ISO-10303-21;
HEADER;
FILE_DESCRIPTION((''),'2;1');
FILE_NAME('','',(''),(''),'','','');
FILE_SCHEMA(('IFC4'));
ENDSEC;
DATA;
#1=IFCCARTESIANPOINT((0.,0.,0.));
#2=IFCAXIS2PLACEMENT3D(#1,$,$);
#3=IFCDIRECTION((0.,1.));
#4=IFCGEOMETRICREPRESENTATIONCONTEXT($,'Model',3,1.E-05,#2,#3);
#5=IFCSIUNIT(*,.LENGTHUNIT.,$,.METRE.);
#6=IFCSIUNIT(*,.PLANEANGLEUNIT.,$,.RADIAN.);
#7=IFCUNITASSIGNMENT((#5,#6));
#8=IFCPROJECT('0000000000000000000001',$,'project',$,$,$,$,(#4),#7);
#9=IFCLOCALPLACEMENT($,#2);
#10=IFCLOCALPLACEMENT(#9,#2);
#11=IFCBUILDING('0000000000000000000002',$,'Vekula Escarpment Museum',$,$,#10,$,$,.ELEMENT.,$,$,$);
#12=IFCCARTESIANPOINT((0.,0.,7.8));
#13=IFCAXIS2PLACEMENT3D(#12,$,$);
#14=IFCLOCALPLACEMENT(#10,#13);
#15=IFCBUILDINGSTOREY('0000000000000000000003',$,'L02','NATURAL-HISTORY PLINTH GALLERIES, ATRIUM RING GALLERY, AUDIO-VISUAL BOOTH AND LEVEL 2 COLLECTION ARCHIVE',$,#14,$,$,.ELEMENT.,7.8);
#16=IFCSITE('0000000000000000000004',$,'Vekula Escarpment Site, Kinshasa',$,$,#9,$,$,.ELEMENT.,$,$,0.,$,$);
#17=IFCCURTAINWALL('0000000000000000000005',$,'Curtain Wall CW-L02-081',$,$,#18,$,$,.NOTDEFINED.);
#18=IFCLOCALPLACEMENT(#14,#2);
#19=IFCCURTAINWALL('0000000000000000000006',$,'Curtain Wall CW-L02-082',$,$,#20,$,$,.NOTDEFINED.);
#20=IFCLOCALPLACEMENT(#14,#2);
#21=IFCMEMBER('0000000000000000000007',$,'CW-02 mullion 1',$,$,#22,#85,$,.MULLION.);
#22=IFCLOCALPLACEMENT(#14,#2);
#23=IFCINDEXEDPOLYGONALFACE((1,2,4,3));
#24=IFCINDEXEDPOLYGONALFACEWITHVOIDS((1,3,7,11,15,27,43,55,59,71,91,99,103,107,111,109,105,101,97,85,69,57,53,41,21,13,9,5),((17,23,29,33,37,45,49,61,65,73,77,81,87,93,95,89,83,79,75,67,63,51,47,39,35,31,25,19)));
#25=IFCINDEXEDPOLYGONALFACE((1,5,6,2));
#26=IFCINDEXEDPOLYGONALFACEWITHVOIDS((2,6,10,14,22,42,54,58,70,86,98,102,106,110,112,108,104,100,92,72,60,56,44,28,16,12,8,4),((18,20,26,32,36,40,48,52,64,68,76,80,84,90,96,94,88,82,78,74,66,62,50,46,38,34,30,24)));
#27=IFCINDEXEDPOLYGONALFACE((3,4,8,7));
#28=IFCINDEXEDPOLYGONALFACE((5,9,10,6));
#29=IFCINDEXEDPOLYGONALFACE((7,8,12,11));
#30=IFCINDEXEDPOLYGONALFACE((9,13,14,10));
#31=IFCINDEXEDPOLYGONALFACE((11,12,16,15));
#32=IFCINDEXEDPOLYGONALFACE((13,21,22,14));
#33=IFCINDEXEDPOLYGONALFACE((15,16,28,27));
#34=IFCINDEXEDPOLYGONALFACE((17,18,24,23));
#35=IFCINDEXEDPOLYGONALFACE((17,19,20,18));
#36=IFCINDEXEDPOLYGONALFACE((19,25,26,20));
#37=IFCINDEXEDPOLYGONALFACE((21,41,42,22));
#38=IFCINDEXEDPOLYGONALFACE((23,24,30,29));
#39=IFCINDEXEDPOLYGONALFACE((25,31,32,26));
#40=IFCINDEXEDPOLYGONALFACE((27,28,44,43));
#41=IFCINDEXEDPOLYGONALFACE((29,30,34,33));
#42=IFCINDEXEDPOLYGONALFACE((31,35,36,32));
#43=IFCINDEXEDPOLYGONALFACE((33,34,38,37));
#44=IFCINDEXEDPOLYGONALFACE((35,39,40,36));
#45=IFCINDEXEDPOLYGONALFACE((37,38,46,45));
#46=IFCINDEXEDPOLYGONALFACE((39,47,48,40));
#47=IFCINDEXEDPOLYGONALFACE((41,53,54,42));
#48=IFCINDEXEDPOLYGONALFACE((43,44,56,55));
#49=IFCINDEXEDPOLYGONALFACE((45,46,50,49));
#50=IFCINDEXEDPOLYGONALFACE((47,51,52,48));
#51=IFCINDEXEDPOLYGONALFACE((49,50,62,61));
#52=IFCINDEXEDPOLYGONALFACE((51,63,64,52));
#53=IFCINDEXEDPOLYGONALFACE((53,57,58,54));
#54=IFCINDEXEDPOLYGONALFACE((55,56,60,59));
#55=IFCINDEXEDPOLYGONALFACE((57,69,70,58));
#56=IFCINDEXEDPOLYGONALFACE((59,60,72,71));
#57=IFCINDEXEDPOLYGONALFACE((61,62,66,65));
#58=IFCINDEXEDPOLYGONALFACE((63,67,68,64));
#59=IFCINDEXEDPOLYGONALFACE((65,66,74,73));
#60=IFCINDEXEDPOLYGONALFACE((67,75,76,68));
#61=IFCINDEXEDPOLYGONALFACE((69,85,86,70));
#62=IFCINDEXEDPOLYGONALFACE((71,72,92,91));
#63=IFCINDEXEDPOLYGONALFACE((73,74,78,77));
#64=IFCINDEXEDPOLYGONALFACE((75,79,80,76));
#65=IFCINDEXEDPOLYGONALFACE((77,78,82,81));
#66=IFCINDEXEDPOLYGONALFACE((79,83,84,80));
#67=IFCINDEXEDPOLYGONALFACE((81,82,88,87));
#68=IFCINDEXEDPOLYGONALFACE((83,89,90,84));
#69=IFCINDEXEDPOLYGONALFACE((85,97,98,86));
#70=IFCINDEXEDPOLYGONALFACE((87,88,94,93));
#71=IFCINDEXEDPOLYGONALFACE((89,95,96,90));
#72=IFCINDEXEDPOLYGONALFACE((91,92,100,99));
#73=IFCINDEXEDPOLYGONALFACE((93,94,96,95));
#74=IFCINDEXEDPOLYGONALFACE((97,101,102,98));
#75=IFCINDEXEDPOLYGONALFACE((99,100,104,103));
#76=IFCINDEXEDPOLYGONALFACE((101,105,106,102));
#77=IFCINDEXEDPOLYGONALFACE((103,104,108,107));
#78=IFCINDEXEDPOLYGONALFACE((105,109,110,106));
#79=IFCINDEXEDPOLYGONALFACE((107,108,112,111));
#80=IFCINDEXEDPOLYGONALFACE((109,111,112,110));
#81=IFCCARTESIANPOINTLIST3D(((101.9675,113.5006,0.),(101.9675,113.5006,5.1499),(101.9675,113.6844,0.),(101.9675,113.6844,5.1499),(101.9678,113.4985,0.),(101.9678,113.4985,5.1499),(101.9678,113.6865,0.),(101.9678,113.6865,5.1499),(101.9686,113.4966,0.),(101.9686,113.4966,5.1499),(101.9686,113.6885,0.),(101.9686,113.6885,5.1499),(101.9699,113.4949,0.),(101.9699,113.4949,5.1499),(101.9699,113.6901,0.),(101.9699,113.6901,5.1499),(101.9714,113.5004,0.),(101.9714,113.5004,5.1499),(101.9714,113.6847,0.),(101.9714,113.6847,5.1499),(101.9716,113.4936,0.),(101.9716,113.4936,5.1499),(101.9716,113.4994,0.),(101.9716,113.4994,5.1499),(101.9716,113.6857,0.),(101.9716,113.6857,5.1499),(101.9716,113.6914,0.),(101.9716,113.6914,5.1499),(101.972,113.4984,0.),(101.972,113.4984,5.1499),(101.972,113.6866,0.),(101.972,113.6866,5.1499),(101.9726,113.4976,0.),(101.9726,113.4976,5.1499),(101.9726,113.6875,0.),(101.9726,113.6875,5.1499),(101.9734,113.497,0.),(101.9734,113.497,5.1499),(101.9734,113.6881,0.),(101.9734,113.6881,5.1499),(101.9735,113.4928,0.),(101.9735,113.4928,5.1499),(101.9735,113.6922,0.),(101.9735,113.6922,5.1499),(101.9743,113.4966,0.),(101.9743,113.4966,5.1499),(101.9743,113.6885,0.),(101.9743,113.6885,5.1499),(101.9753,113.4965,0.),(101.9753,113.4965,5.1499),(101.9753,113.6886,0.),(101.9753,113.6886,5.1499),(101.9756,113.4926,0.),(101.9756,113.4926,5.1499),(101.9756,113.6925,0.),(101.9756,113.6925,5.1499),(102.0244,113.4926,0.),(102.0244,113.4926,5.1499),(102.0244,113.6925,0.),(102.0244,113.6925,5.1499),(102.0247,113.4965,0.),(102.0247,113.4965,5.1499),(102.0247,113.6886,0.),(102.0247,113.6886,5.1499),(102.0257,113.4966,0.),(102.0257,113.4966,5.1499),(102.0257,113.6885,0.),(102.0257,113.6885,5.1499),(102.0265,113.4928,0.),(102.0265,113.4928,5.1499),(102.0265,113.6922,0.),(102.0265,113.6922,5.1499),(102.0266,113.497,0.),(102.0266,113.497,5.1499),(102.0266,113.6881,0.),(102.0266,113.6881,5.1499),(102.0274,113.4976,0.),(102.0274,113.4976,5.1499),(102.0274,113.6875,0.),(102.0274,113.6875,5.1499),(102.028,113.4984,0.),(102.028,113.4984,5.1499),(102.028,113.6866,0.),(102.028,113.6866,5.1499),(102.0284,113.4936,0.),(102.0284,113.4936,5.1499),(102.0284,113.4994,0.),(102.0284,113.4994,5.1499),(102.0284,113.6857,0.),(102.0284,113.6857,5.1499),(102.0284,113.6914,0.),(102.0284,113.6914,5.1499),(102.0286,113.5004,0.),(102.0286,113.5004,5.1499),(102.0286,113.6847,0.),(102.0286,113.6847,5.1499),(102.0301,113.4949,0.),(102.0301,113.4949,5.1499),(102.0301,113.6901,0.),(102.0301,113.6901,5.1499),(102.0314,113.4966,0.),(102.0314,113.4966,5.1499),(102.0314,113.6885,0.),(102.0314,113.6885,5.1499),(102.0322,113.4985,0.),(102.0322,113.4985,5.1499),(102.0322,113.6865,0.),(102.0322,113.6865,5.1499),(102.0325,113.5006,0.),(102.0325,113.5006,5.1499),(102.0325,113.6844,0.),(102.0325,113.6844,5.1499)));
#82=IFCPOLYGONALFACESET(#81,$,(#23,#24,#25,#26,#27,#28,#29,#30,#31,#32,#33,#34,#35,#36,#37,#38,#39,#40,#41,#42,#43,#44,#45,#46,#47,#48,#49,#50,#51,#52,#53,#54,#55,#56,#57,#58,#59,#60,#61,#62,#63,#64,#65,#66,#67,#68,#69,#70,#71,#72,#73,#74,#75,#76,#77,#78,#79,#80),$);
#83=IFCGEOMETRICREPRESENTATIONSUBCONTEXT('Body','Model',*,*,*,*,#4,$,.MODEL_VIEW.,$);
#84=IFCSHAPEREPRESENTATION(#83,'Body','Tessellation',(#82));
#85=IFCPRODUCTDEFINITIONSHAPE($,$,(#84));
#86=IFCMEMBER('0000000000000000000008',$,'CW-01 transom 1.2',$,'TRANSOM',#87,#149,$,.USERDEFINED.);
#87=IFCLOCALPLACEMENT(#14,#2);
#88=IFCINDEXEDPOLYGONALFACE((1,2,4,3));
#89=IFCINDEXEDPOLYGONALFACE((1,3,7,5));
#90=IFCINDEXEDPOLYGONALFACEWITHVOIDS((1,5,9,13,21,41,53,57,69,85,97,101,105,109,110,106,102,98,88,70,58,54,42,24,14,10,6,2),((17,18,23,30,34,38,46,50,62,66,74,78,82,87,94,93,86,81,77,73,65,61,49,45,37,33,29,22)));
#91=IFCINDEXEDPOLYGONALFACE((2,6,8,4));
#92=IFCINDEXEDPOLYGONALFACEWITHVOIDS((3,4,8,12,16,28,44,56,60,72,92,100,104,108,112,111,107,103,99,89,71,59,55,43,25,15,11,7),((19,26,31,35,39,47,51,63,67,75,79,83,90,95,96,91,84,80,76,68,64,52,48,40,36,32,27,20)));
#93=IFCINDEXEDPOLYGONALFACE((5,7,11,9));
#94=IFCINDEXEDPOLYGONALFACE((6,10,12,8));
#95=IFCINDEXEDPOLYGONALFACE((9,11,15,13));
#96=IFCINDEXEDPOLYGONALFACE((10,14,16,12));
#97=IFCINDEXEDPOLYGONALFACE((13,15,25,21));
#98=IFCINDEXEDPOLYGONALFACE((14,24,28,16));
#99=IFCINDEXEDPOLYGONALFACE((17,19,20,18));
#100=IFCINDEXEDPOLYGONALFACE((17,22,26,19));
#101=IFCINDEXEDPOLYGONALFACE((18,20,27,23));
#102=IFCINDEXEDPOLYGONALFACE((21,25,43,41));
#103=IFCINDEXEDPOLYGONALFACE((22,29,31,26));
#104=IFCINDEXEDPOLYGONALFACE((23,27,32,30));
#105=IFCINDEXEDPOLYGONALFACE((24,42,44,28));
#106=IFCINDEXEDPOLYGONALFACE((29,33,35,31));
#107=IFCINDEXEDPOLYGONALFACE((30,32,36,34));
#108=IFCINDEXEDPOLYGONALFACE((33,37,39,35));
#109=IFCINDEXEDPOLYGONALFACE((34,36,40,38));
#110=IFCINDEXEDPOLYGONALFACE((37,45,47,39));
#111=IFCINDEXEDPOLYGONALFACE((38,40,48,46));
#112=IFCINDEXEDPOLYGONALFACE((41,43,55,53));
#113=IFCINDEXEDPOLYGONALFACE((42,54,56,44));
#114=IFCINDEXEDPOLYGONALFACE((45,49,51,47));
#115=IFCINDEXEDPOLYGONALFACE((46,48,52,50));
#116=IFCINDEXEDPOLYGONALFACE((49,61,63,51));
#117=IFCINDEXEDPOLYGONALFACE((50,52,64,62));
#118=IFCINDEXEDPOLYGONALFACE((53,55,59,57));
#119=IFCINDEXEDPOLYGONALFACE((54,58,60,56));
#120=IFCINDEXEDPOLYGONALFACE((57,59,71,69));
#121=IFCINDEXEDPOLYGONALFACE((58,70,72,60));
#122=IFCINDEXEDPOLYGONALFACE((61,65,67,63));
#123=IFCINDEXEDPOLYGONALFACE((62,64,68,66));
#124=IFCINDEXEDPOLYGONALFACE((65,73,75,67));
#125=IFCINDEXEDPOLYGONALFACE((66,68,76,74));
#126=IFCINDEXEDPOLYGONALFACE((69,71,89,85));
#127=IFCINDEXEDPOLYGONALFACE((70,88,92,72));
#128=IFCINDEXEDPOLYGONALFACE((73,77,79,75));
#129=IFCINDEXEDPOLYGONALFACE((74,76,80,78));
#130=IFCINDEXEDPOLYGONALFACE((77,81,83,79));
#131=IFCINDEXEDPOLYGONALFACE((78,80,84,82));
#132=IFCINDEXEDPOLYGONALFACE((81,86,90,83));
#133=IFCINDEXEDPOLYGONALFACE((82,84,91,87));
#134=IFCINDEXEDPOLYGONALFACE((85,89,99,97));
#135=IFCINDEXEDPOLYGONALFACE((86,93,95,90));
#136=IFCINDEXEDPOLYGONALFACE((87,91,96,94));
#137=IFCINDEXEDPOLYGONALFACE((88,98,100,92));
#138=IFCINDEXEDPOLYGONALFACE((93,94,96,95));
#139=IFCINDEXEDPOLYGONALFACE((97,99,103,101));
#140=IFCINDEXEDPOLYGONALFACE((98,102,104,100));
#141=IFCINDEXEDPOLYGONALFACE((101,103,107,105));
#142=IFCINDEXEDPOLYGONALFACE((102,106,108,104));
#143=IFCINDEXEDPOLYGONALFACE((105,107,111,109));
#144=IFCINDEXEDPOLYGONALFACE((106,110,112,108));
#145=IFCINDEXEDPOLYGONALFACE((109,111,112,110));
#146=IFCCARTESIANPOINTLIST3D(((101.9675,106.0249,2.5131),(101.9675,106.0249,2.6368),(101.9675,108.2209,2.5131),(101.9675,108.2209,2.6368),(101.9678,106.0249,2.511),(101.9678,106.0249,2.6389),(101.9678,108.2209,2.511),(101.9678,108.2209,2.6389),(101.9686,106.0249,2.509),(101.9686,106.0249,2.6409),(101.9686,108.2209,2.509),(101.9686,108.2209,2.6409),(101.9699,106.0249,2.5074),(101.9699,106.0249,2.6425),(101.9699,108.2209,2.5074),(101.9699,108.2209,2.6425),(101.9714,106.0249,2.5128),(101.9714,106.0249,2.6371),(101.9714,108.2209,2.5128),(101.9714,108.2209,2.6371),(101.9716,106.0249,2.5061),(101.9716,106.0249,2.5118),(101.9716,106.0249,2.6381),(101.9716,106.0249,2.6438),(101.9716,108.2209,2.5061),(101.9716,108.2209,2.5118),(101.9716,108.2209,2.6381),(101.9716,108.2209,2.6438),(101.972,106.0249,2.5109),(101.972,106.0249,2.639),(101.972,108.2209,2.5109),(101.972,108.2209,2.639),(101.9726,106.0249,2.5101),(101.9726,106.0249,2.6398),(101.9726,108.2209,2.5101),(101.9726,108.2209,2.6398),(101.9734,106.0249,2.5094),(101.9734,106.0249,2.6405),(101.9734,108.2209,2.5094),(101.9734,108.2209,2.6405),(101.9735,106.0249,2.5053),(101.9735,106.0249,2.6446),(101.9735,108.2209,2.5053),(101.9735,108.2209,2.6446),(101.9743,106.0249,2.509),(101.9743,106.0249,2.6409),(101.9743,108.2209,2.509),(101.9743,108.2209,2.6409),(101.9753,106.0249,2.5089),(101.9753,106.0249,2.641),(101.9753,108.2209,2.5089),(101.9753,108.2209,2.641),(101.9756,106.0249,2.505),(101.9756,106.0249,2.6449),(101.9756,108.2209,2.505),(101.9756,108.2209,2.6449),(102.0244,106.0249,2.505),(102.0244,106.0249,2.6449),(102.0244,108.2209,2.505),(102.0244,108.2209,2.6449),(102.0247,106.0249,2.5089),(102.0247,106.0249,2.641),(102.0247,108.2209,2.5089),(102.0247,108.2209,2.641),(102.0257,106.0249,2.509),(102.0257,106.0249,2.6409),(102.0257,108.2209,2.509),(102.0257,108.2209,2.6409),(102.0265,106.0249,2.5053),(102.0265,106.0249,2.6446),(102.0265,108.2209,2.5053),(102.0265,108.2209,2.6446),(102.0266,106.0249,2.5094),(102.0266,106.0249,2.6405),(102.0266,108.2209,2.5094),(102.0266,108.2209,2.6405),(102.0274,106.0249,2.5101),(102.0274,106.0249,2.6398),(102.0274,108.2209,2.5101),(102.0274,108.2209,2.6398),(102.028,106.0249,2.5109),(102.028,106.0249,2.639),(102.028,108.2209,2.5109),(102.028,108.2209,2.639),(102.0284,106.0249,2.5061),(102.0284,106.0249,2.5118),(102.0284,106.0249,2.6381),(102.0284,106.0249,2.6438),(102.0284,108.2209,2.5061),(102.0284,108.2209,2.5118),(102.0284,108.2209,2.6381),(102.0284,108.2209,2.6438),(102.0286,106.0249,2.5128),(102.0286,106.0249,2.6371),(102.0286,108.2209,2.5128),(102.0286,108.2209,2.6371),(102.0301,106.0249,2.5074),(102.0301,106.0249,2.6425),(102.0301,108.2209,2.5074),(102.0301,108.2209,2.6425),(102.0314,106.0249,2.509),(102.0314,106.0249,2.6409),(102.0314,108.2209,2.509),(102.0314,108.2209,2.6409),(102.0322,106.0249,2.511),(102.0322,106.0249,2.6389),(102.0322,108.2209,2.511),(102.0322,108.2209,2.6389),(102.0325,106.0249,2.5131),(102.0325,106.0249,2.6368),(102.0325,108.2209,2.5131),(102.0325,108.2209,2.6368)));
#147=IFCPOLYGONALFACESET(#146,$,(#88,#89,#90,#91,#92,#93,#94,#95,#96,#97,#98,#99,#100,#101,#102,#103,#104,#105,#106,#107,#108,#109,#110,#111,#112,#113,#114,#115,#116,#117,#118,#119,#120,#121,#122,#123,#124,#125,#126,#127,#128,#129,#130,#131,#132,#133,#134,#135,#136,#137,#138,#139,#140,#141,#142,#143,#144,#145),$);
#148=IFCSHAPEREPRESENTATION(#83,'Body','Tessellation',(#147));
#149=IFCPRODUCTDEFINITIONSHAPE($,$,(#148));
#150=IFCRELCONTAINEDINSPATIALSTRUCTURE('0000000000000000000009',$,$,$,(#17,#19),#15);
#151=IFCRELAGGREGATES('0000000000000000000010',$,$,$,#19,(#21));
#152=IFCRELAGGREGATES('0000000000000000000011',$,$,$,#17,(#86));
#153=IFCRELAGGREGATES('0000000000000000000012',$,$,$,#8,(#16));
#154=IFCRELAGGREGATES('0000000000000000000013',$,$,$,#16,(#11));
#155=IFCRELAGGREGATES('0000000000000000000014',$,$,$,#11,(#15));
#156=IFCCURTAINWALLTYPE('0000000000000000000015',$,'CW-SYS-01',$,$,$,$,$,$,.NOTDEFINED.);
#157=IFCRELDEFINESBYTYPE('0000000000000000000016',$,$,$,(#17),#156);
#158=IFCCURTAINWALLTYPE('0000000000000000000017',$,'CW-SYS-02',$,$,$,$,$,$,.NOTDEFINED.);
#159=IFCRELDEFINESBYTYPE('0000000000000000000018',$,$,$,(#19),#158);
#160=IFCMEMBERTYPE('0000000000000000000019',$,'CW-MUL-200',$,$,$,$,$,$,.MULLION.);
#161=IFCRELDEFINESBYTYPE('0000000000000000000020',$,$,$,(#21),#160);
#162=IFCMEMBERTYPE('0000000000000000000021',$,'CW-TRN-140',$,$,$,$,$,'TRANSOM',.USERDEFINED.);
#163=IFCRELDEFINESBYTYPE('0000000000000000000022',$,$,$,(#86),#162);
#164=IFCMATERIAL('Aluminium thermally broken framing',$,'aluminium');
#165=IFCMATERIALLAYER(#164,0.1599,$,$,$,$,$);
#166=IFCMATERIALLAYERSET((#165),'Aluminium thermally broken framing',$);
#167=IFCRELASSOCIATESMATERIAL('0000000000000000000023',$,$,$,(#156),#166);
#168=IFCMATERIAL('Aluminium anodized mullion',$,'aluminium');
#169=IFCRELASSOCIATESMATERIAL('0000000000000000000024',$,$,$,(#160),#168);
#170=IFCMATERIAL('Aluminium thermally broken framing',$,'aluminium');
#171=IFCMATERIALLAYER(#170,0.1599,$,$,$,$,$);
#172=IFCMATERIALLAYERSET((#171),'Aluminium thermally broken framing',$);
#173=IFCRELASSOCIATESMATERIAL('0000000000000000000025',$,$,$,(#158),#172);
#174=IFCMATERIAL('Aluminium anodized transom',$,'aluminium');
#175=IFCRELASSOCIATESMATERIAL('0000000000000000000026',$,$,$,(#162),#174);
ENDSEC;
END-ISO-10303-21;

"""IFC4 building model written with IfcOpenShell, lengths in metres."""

from ifc_helpers import new_model, si_unit, direction, frame, origin, origin_2d, place, context, subcontext, project, spatial, hollow_rectangle, extrude, material, layer, layer_set, material_profile, profile_set, type_object, element, aggregate, save


model = new_model("IFC4")

# Units and contexts
model_context = context("Model", 3, precision=1e-05, world=origin(), true_north=direction((0.0, 1.0)))
body_context = subcontext(model_context, "Body", "Model", "MODEL_VIEW")
ifc_project = project(units=[si_unit("LENGTHUNIT", "METRE"), si_unit("PLANEANGLEUNIT", "RADIAN")], contexts=[model_context])

# Site, building, storey
site_placement = place(None, origin())
site = spatial("IfcSite", under=ifc_project, at=site_placement, Name="Vekula Escarpment Site, Kinshasa", CompositionType="ELEMENT", RefElevation=0.0)
building_placement = place(site_placement, origin())
building = spatial("IfcBuilding", under=site, at=building_placement, Name="Vekula Escarpment Museum", CompositionType="ELEMENT")
storey_placement = place(building_placement, frame((0.0, 0.0, 7.8)))
storey = spatial("IfcBuildingStorey", under=building, at=storey_placement, Name="L02", Description="NATURAL-HISTORY PLINTH GALLERIES, ATRIUM RING GALLERY, AUDIO-VISUAL BOOTH AND LEVEL 2 COLLECTION ARCHIVE", CompositionType="ELEMENT", Elevation=7.8)

# Curtain wall
ifc_material_1 = material(Name="Aluminium thermally broken framing", Category="aluminium")
ifc_layer_1 = layer(ifc_material_1, 0.1599)
ifc_layer_set_1 = layer_set([ifc_layer_1], Name="Aluminium thermally broken framing")
curtain_wall_type_1 = type_object("IfcCurtainWallType", Name="CW-SYS-01", PredefinedType="NOTDEFINED", material=ifc_layer_set_1)
curtain_wall_1_placement = place(storey_placement, origin())
curtain_wall_1 = element("IfcCurtainWall", 1, at=curtain_wall_1_placement, inside=storey, type_object=curtain_wall_type_1, Name="Curtain Wall CW-L02-081", PredefinedType="NOTDEFINED")
ifc_material_2 = material(Name="Aluminium anodized mullion", Category="aluminium")
ifc_material_profile_1 = material_profile(ifc_material_2, hollow_rectangle(XDim=0.0649, YDim=0.2, WallThickness=0.0039, InnerFilletRadius=0.0039, OuterFilletRadius=0.0081, at=origin_2d()), Name="ALU 200x65x4")
ifc_profile_set_1 = profile_set([ifc_material_profile_1], Name="Aluminium anodized mullion")
member_type_1 = type_object("IfcMemberType", Name="CW-MUL-200", PredefinedType="MULLION", material=ifc_profile_set_1)

# Curtain wall, member
ifc_material_3 = material(Name="Aluminium thermally broken framing", Category="aluminium")
ifc_layer_2 = layer(ifc_material_3, 0.1599)
ifc_layer_set_2 = layer_set([ifc_layer_2], Name="Aluminium thermally broken framing")
curtain_wall_type_2 = type_object("IfcCurtainWallType", Name="CW-SYS-02", PredefinedType="NOTDEFINED", material=ifc_layer_set_2)
curtain_wall_2_placement = place(storey_placement, origin())
curtain_wall_2 = element("IfcCurtainWall", 2, at=curtain_wall_2_placement, inside=storey, type_object=curtain_wall_type_2, Name="Curtain Wall CW-L02-082", PredefinedType="NOTDEFINED")
member_1_placement = place(storey_placement, frame((102.0, 113.5925, 0.0), z_axis=(0.0, 0.0, 1.0), x_axis=(-1.0, 0.0, 0.0)))
member_1 = element("IfcMember", 3, at=member_1_placement, type_object=member_type_1, Name="CW-02 mullion 1", PredefinedType="MULLION", context=body_context, shape_type="SweptSolid", body=[
    extrude(hollow_rectangle(XDim=0.0649, YDim=0.2, WallThickness=0.0039, InnerFilletRadius=0.0039, OuterFilletRadius=0.0081, at=origin_2d()), origin(), (0.0, 0.0, 1.0), 5.1499),
])

# Member
ifc_material_4 = material(Name="Aluminium anodized transom", Category="aluminium")
ifc_material_profile_2 = material_profile(ifc_material_4, hollow_rectangle(XDim=0.0649, YDim=0.1399, WallThickness=0.0039, InnerFilletRadius=0.0039, OuterFilletRadius=0.0081, at=origin_2d()), Name="ALU 140x65x4")
ifc_profile_set_2 = profile_set([ifc_material_profile_2], Name="Aluminium anodized transom")
member_type_2 = type_object("IfcMemberType", Name="CW-TRN-140", ElementType="TRANSOM", PredefinedType="USERDEFINED", material=ifc_profile_set_2)
member_2_placement = place(storey_placement, frame((102.0, 106.0249, 2.575), z_axis=(0.0, 1.0, 0.0), x_axis=(-1.0, 0.0, 0.0)))
member_2 = element("IfcMember", 4, at=member_2_placement, type_object=member_type_2, Name="CW-01 transom 1.2", ObjectType="TRANSOM", PredefinedType="USERDEFINED", context=body_context, shape_type="SweptSolid", body=[
    extrude(hollow_rectangle(XDim=0.0649, YDim=0.1399, WallThickness=0.0039, InnerFilletRadius=0.0039, OuterFilletRadius=0.0081, at=origin_2d()), origin(), (0.0, 0.0, 1.0), 2.196),
])
aggregate(curtain_wall_2, [member_1])

aggregate(curtain_wall_1, [member_2])

save(model, "model.ifc")
